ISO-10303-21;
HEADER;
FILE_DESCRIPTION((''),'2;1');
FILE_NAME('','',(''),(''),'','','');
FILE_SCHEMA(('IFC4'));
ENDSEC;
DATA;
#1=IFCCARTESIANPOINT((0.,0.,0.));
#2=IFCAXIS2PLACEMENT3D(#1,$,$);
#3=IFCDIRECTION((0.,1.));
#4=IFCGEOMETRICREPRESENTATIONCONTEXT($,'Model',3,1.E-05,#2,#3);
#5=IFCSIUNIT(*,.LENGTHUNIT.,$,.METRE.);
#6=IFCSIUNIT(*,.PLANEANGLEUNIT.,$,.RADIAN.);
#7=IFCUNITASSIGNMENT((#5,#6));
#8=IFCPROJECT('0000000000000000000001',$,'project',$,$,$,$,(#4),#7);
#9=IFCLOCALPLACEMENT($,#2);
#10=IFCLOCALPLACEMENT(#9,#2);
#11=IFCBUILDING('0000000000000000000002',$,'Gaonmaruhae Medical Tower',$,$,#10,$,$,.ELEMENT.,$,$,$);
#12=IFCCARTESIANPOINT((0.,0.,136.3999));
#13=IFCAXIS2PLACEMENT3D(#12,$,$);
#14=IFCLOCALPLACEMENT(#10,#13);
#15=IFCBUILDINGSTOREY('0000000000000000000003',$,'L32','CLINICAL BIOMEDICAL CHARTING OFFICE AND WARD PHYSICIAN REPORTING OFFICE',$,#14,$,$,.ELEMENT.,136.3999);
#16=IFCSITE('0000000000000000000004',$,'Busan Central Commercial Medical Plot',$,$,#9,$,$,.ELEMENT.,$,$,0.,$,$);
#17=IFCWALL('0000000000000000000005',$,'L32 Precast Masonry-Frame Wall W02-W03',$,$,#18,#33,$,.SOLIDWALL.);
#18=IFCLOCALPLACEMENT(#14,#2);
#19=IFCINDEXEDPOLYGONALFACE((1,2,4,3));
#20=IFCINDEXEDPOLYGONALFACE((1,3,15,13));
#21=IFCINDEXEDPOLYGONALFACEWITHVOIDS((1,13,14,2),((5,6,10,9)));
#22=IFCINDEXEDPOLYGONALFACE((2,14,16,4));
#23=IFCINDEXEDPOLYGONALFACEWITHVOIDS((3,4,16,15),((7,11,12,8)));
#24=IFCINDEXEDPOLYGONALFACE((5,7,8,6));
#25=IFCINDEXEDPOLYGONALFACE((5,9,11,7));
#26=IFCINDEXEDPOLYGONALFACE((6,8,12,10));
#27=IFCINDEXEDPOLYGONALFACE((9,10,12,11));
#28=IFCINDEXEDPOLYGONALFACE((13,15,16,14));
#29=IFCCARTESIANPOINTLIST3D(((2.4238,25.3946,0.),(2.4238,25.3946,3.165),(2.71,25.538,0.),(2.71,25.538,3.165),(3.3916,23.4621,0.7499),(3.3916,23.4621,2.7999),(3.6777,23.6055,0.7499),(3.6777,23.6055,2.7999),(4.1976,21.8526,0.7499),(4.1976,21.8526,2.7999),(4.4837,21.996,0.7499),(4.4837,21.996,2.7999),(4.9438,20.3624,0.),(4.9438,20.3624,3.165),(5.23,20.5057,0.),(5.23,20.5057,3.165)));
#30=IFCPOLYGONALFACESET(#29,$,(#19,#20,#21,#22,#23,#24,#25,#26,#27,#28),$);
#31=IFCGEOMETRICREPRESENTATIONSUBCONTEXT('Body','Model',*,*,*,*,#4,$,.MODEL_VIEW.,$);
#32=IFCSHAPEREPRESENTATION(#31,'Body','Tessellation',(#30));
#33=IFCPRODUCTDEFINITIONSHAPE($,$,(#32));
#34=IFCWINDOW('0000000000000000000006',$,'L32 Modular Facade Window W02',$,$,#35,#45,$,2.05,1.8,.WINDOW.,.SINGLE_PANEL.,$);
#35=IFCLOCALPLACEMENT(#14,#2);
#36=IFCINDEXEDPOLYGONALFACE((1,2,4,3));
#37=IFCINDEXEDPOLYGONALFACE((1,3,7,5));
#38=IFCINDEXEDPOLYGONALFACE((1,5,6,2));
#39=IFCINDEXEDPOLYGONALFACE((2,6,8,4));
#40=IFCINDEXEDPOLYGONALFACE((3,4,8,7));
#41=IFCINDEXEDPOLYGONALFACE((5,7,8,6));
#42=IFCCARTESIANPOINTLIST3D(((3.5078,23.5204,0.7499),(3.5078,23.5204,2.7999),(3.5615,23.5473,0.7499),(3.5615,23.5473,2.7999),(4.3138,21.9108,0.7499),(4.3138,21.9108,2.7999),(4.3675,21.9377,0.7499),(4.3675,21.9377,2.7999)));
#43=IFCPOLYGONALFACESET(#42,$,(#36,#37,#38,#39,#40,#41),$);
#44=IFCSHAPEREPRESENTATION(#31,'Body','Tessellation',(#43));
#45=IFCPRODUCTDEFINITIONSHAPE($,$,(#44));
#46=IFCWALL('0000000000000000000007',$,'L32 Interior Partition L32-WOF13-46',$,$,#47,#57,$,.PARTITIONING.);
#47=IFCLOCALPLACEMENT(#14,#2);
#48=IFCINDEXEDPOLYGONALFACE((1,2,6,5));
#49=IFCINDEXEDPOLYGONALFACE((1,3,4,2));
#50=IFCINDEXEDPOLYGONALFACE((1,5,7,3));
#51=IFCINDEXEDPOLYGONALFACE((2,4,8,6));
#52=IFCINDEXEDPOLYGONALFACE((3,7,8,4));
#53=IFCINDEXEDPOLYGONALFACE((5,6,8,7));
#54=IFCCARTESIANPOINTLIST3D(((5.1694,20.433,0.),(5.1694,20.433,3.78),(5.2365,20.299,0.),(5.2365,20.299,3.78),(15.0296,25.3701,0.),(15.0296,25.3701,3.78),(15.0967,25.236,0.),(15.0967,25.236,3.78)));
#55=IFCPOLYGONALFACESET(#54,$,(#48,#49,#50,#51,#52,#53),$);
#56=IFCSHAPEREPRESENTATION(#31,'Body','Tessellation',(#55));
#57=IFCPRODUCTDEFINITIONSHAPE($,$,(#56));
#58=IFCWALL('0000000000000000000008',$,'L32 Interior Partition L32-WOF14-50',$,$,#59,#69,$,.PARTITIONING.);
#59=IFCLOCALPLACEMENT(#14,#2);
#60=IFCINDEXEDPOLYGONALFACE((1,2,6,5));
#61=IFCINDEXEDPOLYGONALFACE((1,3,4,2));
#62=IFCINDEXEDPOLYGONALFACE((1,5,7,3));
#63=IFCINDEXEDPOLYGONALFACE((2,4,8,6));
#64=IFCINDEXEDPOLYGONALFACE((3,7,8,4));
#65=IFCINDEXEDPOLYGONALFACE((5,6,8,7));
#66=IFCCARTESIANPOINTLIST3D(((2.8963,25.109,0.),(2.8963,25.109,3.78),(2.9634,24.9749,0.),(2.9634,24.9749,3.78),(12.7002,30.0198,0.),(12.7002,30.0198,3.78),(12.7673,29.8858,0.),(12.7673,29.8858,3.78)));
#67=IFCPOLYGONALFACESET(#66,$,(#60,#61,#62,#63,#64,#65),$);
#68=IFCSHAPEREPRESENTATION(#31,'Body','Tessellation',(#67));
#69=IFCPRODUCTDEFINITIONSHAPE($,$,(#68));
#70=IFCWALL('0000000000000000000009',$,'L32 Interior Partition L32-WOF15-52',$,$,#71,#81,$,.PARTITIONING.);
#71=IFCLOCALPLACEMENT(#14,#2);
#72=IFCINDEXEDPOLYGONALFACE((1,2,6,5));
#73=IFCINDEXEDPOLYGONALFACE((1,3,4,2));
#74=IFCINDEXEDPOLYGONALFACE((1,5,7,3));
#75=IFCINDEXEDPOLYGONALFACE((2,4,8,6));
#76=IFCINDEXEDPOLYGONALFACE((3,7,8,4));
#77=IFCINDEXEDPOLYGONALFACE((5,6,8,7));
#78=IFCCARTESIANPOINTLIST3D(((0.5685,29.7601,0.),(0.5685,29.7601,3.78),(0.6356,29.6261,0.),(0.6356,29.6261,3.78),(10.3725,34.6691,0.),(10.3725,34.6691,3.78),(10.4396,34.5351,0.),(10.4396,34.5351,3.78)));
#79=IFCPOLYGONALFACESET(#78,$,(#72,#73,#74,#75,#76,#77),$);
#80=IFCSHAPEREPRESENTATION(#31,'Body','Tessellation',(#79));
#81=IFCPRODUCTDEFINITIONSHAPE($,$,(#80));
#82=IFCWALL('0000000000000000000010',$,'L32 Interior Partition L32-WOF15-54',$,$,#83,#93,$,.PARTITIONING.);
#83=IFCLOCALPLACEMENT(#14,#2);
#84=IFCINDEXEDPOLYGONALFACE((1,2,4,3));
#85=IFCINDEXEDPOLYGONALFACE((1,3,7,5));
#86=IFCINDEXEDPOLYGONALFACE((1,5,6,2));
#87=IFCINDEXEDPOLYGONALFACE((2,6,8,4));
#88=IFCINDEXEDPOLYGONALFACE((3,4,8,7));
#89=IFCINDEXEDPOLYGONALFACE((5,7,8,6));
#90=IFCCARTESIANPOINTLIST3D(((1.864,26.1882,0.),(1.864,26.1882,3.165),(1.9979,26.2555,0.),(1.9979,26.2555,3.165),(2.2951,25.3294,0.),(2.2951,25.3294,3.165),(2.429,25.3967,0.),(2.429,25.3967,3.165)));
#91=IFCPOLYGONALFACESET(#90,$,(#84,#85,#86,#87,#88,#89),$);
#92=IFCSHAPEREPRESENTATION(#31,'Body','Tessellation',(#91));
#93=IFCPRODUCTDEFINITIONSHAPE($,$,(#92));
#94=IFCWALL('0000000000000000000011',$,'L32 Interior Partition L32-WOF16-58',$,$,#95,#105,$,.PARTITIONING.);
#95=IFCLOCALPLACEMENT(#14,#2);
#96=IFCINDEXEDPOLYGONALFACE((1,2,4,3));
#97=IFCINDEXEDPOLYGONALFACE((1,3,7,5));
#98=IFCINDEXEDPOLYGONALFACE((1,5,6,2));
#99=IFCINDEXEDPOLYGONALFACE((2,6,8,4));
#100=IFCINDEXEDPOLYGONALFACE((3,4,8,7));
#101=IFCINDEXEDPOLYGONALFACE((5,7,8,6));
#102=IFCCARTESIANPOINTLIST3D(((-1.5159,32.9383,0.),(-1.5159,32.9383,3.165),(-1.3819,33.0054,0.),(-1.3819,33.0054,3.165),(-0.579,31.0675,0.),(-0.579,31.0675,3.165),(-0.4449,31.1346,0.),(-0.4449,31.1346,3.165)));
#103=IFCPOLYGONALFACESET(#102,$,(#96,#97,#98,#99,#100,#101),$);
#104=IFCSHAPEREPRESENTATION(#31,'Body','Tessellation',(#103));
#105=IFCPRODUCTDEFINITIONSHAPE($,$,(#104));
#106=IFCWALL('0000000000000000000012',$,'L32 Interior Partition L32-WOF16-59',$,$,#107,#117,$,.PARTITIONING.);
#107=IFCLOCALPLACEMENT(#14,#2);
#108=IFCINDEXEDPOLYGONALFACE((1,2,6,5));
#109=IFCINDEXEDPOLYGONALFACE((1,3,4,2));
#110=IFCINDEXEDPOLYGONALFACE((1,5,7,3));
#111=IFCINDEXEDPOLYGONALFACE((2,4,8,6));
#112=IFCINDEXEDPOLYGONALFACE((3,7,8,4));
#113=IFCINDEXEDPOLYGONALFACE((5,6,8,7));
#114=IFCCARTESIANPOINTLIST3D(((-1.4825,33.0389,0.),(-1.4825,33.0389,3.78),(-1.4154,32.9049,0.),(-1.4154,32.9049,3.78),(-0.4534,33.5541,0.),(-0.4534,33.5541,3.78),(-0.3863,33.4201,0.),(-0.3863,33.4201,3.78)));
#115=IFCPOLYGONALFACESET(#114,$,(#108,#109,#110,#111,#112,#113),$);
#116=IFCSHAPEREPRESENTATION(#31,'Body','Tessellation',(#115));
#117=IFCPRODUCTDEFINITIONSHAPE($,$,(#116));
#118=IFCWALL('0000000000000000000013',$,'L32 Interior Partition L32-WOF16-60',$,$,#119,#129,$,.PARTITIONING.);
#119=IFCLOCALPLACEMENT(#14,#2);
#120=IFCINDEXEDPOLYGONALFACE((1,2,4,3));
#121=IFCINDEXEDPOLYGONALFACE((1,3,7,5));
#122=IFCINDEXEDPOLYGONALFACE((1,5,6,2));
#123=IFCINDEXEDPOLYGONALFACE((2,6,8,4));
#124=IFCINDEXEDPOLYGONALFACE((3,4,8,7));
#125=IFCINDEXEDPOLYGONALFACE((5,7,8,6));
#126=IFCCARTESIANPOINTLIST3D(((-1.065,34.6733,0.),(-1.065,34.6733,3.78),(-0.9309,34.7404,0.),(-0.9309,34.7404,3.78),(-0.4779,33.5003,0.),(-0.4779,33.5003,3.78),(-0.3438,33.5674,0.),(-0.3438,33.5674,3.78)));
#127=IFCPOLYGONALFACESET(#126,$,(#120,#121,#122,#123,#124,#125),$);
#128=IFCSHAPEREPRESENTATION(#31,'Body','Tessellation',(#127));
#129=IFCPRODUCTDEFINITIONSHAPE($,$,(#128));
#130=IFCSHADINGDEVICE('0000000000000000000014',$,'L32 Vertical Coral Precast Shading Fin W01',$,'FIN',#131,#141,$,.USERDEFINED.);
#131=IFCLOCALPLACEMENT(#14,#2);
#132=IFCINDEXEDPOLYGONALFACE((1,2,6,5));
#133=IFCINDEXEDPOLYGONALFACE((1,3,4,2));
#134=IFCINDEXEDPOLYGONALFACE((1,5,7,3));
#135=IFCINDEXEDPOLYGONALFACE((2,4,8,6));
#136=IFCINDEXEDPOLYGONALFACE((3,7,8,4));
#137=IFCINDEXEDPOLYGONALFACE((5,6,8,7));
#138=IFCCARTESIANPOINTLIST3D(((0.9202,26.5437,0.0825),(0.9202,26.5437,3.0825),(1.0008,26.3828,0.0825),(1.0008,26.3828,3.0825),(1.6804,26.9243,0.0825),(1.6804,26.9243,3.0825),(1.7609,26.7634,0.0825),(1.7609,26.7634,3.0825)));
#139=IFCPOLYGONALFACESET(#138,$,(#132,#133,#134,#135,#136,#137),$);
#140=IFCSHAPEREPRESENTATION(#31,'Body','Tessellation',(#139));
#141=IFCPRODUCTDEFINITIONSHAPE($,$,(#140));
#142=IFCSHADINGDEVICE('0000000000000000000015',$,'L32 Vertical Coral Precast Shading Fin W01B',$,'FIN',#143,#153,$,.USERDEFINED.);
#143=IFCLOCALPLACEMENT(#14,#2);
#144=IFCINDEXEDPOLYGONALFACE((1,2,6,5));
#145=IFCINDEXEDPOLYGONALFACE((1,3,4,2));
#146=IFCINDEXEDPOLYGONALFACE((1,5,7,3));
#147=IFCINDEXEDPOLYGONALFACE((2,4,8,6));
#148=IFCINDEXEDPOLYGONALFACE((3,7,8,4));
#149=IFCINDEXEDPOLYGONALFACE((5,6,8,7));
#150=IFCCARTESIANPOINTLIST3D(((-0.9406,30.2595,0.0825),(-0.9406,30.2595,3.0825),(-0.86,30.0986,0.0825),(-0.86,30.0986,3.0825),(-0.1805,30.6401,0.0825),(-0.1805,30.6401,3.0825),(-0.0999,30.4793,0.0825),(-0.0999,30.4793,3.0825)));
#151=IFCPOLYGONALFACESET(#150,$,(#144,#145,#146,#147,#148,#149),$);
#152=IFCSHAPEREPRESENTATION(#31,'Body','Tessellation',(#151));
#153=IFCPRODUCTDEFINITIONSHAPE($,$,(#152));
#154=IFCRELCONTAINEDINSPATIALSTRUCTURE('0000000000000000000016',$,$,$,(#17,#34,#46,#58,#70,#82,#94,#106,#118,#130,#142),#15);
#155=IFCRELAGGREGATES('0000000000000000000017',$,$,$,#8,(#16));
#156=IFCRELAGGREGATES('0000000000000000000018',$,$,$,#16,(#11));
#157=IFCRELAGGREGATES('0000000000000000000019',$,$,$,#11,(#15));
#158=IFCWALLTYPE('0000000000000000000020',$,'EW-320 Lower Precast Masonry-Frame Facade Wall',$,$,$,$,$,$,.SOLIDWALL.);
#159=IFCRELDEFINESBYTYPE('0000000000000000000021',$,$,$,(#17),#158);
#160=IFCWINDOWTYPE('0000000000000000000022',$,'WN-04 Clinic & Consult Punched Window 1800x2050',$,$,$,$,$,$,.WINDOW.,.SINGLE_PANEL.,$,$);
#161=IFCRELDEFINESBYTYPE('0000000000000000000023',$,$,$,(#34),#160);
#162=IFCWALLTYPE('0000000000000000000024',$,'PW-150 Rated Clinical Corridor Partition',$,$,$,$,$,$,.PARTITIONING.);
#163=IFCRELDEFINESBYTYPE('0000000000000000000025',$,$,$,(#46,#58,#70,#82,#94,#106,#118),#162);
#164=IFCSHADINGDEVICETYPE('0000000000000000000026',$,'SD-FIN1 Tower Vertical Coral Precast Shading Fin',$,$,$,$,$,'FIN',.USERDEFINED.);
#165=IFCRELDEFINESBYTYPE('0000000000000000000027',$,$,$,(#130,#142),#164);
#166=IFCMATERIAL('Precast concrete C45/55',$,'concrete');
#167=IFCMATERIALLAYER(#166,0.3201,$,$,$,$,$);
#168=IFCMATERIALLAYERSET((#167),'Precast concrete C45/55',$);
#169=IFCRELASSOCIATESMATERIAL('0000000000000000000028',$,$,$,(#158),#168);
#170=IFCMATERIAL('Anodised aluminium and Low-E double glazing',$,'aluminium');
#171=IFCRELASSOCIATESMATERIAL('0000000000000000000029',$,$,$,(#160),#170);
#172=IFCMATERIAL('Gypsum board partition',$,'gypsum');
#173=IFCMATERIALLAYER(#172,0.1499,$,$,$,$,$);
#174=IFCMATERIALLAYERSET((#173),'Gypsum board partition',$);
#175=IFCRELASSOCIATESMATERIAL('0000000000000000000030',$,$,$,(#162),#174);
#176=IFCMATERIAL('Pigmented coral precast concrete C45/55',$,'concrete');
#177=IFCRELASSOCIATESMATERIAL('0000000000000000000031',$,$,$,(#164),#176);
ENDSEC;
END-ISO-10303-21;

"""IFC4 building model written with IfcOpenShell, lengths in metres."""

from ifc_helpers import new_model, si_unit, direction, frame, frame_2d, origin, origin_2d, place, context, subcontext, project, spatial, rectangle, extrude, material, layer, layer_set, type_object, element, fill, save


model = new_model("IFC4")

# Units and contexts
model_context = context("Model", 3, precision=1e-05, world=origin(), true_north=direction((0.0, 1.0)))
body_context = subcontext(model_context, "Body", "Model", "MODEL_VIEW")
ifc_project = project(units=[si_unit("LENGTHUNIT", "METRE"), si_unit("PLANEANGLEUNIT", "RADIAN")], contexts=[model_context])

# Site, building, storey
site_placement = place(None, origin())
site = spatial("IfcSite", under=ifc_project, at=site_placement, Name="Busan Central Commercial Medical Plot", CompositionType="ELEMENT", RefElevation=0.0)
building_placement = place(site_placement, origin())
building = spatial("IfcBuilding", under=site, at=building_placement, Name="Gaonmaruhae Medical Tower", CompositionType="ELEMENT")
storey_placement = place(building_placement, frame((0.0, 0.0, 136.3999)))
storey = spatial("IfcBuildingStorey", under=building, at=storey_placement, Name="L32", Description="CLINICAL BIOMEDICAL CHARTING OFFICE AND WARD PHYSICIAN REPORTING OFFICE", CompositionType="ELEMENT", Elevation=136.3999)

# Shared definitions
ifc_material_1 = material(Name="Precast concrete C45/55", Category="concrete")
ifc_layer_1 = layer(ifc_material_1, 0.3201)
ifc_layer_set_1 = layer_set([ifc_layer_1], Name="Precast concrete C45/55")
wall_type_1 = type_object("IfcWallType", Name="EW-320 Lower Precast Masonry-Frame Facade Wall", PredefinedType="SOLIDWALL", material=ifc_layer_set_1)

# Wall, opening, window
ifc_material_2 = material(Name="Anodised aluminium and Low-E double glazing", Category="aluminium")
wall_1_placement = place(storey_placement, frame((5.0869, 20.4341, 0.0), z_axis=(0.0, 0.0, 1.0), x_axis=(-0.447769, 0.894149, 0.0)))
wall_1 = element("IfcWall", 1, at=wall_1_placement, inside=storey, type_object=wall_type_1, Name="L32 Precast Masonry-Frame Wall W02-W03", PredefinedType="SOLIDWALL", context=body_context, shape_type="SweptSolid", body=[
    extrude(rectangle(XDim=5.6279, YDim=0.3201, at=frame_2d((2.814, 0.0))), origin(), (0.0, 0.0, 1.0), 3.165),
])
opening_1_placement = place(wall_1_placement, frame((1.6667, 0.0, 0.75)))
opening_1 = element("IfcOpeningElement", 2, at=opening_1_placement, cuts=wall_1, PredefinedType="OPENING", context=body_context, shape_type="SweptSolid", body=[
    extrude(rectangle(XDim=1.8, YDim=2.05, at=frame_2d((0.8999, 1.0249))), frame((0.0, 0.1699, 0.0), z_axis=(0.0, -1.0, 0.0), x_axis=(1.0, 0.0, 0.0)), (0.0, 0.0, 1.0), 0.3401),
])
window_type_1 = type_object("IfcWindowType", Name="WN-04 Clinic & Consult Punched Window 1800x2050", PartitioningType="SINGLE_PANEL", PredefinedType="WINDOW", material=ifc_material_2)
window_1_placement = place(opening_1_placement, origin())
window_1 = element("IfcWindow", 3, at=window_1_placement, inside=storey, type_object=window_type_1, Name="L32 Modular Facade Window W02", OverallHeight=2.05, OverallWidth=1.8, PartitioningType="SINGLE_PANEL", PredefinedType="WINDOW", context=body_context, shape_type="SweptSolid", body=[
    extrude(rectangle(XDim=1.8, YDim=2.05, at=frame_2d((0.8999, 1.0249))), frame((0.0, 0.03, 0.0), z_axis=(0.0, -1.0, 0.0), x_axis=(1.0, 0.0, 0.0)), (0.0, 0.0, 1.0), 0.0601),
])
fill(opening_1, window_1)

# Walls
ifc_material_3 = material(Name="Gypsum board partition", Category="gypsum")
ifc_layer_2 = layer(ifc_material_3, 0.1499)
ifc_layer_set_2 = layer_set([ifc_layer_2], Name="Gypsum board partition")
wall_type_2 = type_object("IfcWallType", Name="PW-150 Rated Clinical Corridor Partition", PredefinedType="PARTITIONING", material=ifc_layer_set_2)
wall_2_placement = place(storey_placement, frame((5.2029, 20.366, 0.0), z_axis=(0.0, 0.0, 1.0), x_axis=(0.894175, 0.447718, 0.0)))
element("IfcWall", 4, at=wall_2_placement, inside=storey, type_object=wall_type_2, Name="L32 Interior Partition L32-WOF13-46", PredefinedType="PARTITIONING", context=body_context, shape_type="SweptSolid", body=[
    extrude(rectangle(XDim=11.0271, YDim=0.1499, at=frame_2d((5.5137, 0.0))), origin(), (0.0, 0.0, 1.0), 3.78),
])
wall_3_placement = place(storey_placement, frame((2.9299, 25.042, 0.0), z_axis=(0.0, 0.0, 1.0), x_axis=(0.894102, 0.447864, 0.0)))
element("IfcWall", 5, at=wall_3_placement, inside=storey, type_object=wall_type_2, Name="L32 Interior Partition L32-WOF14-50", PredefinedType="PARTITIONING", context=body_context, shape_type="SweptSolid", body=[
    extrude(rectangle(XDim=10.9651, YDim=0.1499, at=frame_2d((5.4824, 0.0))), origin(), (0.0, 0.0, 1.0), 3.78),
])
wall_4_placement = place(storey_placement, frame((0.6021, 29.6931, 0.0), z_axis=(0.0, 0.0, 1.0), x_axis=(0.894173, 0.447721, 0.0)))
element("IfcWall", 6, at=wall_4_placement, inside=storey, type_object=wall_type_2, Name="L32 Interior Partition L32-WOF15-52", PredefinedType="PARTITIONING", context=body_context, shape_type="SweptSolid", body=[
    extrude(rectangle(XDim=10.9644, YDim=0.1499, at=frame_2d((5.4822, 0.0))), origin(), (0.0, 0.0, 1.0), 3.78),
])
wall_5_placement = place(storey_placement, frame((2.3621, 25.363, 0.0), z_axis=(0.0, 0.0, 1.0), x_axis=(-0.448636, 0.893715, 0.0)))
element("IfcWall", 7, at=wall_5_placement, inside=storey, type_object=wall_type_2, Name="L32 Interior Partition L32-WOF15-54", PredefinedType="PARTITIONING", context=body_context, shape_type="SweptSolid", body=[
    extrude(rectangle(XDim=0.9609, YDim=0.1499, at=frame_2d((0.4805, 0.0))), origin(), (0.0, 0.0, 1.0), 3.165),
])
wall_6_placement = place(storey_placement, frame((-0.512, 31.1011, 0.0), z_axis=(0.0, 0.0, 1.0), x_axis=(-0.44782, 0.894124, 0.0)))
element("IfcWall", 8, at=wall_6_placement, inside=storey, type_object=wall_type_2, Name="L32 Interior Partition L32-WOF16-58", PredefinedType="PARTITIONING", context=body_context, shape_type="SweptSolid", body=[
    extrude(rectangle(XDim=2.0923, YDim=0.1499, at=frame_2d((1.0461, 0.0))), origin(), (0.0, 0.0, 1.0), 3.165),
])
wall_7_placement = place(storey_placement, frame((-1.449, 32.9719, 0.0), z_axis=(0.0, 0.0, 1.0), x_axis=(0.894215, 0.447638, 0.0)))
element("IfcWall", 9, at=wall_7_placement, inside=storey, type_object=wall_type_2, Name="L32 Interior Partition L32-WOF16-59", PredefinedType="PARTITIONING", context=body_context, shape_type="SweptSolid", body=[
    extrude(rectangle(XDim=1.1509, YDim=0.1499, at=frame_2d((0.5754, 0.0))), origin(), (0.0, 0.0, 1.0), 3.78),
])
wall_8_placement = place(storey_placement, frame((-0.4109, 33.5339, 0.0), z_axis=(0.0, 0.0, 1.0), x_axis=(-0.447586, 0.894241, 0.0)))
element("IfcWall", 10, at=wall_8_placement, inside=storey, type_object=wall_type_2, Name="L32 Interior Partition L32-WOF16-60", PredefinedType="PARTITIONING", context=body_context, shape_type="SweptSolid", body=[
    extrude(rectangle(XDim=1.3118, YDim=0.1499, at=frame_2d((0.6558, 0.0))), origin(), (0.0, 0.0, 1.0), 3.78),
])

# Shading devices
ifc_material_4 = material(Name="Pigmented coral precast concrete C45/55", Category="concrete")
shading_device_type = type_object("IfcShadingDeviceType", Name="SD-FIN1 Tower Vertical Coral Precast Shading Fin", ElementType="FIN", PredefinedType="USERDEFINED", material=ifc_material_4)
for number, where, z_axis, x_axis, name in (
    (11, (1.3406, 26.6536, 0.0825), (0.0, 0.0, 1.0), (-0.447759, 0.894154, 0.0), "L32 Vertical Coral Precast Shading Fin W01"),
    (12, (-0.5203, 30.3694, 0.0825), (0.0, 0.0, 1.0), (-0.447759, 0.894154, 0.0), "L32 Vertical Coral Precast Shading Fin W01B"),
):
    element("IfcShadingDevice", number, at=place(storey_placement, frame(where, z_axis=z_axis, x_axis=x_axis)), inside=storey, type_object=shading_device_type, Name=name, ObjectType="FIN", PredefinedType="USERDEFINED", context=body_context, shape_type="SweptSolid", body=[
        extrude(rectangle(XDim=0.1799, YDim=0.8501, at=origin_2d()), origin(), (0.0, 0.0, 1.0), 3.0),
    ])

save(model, "model.ifc")
